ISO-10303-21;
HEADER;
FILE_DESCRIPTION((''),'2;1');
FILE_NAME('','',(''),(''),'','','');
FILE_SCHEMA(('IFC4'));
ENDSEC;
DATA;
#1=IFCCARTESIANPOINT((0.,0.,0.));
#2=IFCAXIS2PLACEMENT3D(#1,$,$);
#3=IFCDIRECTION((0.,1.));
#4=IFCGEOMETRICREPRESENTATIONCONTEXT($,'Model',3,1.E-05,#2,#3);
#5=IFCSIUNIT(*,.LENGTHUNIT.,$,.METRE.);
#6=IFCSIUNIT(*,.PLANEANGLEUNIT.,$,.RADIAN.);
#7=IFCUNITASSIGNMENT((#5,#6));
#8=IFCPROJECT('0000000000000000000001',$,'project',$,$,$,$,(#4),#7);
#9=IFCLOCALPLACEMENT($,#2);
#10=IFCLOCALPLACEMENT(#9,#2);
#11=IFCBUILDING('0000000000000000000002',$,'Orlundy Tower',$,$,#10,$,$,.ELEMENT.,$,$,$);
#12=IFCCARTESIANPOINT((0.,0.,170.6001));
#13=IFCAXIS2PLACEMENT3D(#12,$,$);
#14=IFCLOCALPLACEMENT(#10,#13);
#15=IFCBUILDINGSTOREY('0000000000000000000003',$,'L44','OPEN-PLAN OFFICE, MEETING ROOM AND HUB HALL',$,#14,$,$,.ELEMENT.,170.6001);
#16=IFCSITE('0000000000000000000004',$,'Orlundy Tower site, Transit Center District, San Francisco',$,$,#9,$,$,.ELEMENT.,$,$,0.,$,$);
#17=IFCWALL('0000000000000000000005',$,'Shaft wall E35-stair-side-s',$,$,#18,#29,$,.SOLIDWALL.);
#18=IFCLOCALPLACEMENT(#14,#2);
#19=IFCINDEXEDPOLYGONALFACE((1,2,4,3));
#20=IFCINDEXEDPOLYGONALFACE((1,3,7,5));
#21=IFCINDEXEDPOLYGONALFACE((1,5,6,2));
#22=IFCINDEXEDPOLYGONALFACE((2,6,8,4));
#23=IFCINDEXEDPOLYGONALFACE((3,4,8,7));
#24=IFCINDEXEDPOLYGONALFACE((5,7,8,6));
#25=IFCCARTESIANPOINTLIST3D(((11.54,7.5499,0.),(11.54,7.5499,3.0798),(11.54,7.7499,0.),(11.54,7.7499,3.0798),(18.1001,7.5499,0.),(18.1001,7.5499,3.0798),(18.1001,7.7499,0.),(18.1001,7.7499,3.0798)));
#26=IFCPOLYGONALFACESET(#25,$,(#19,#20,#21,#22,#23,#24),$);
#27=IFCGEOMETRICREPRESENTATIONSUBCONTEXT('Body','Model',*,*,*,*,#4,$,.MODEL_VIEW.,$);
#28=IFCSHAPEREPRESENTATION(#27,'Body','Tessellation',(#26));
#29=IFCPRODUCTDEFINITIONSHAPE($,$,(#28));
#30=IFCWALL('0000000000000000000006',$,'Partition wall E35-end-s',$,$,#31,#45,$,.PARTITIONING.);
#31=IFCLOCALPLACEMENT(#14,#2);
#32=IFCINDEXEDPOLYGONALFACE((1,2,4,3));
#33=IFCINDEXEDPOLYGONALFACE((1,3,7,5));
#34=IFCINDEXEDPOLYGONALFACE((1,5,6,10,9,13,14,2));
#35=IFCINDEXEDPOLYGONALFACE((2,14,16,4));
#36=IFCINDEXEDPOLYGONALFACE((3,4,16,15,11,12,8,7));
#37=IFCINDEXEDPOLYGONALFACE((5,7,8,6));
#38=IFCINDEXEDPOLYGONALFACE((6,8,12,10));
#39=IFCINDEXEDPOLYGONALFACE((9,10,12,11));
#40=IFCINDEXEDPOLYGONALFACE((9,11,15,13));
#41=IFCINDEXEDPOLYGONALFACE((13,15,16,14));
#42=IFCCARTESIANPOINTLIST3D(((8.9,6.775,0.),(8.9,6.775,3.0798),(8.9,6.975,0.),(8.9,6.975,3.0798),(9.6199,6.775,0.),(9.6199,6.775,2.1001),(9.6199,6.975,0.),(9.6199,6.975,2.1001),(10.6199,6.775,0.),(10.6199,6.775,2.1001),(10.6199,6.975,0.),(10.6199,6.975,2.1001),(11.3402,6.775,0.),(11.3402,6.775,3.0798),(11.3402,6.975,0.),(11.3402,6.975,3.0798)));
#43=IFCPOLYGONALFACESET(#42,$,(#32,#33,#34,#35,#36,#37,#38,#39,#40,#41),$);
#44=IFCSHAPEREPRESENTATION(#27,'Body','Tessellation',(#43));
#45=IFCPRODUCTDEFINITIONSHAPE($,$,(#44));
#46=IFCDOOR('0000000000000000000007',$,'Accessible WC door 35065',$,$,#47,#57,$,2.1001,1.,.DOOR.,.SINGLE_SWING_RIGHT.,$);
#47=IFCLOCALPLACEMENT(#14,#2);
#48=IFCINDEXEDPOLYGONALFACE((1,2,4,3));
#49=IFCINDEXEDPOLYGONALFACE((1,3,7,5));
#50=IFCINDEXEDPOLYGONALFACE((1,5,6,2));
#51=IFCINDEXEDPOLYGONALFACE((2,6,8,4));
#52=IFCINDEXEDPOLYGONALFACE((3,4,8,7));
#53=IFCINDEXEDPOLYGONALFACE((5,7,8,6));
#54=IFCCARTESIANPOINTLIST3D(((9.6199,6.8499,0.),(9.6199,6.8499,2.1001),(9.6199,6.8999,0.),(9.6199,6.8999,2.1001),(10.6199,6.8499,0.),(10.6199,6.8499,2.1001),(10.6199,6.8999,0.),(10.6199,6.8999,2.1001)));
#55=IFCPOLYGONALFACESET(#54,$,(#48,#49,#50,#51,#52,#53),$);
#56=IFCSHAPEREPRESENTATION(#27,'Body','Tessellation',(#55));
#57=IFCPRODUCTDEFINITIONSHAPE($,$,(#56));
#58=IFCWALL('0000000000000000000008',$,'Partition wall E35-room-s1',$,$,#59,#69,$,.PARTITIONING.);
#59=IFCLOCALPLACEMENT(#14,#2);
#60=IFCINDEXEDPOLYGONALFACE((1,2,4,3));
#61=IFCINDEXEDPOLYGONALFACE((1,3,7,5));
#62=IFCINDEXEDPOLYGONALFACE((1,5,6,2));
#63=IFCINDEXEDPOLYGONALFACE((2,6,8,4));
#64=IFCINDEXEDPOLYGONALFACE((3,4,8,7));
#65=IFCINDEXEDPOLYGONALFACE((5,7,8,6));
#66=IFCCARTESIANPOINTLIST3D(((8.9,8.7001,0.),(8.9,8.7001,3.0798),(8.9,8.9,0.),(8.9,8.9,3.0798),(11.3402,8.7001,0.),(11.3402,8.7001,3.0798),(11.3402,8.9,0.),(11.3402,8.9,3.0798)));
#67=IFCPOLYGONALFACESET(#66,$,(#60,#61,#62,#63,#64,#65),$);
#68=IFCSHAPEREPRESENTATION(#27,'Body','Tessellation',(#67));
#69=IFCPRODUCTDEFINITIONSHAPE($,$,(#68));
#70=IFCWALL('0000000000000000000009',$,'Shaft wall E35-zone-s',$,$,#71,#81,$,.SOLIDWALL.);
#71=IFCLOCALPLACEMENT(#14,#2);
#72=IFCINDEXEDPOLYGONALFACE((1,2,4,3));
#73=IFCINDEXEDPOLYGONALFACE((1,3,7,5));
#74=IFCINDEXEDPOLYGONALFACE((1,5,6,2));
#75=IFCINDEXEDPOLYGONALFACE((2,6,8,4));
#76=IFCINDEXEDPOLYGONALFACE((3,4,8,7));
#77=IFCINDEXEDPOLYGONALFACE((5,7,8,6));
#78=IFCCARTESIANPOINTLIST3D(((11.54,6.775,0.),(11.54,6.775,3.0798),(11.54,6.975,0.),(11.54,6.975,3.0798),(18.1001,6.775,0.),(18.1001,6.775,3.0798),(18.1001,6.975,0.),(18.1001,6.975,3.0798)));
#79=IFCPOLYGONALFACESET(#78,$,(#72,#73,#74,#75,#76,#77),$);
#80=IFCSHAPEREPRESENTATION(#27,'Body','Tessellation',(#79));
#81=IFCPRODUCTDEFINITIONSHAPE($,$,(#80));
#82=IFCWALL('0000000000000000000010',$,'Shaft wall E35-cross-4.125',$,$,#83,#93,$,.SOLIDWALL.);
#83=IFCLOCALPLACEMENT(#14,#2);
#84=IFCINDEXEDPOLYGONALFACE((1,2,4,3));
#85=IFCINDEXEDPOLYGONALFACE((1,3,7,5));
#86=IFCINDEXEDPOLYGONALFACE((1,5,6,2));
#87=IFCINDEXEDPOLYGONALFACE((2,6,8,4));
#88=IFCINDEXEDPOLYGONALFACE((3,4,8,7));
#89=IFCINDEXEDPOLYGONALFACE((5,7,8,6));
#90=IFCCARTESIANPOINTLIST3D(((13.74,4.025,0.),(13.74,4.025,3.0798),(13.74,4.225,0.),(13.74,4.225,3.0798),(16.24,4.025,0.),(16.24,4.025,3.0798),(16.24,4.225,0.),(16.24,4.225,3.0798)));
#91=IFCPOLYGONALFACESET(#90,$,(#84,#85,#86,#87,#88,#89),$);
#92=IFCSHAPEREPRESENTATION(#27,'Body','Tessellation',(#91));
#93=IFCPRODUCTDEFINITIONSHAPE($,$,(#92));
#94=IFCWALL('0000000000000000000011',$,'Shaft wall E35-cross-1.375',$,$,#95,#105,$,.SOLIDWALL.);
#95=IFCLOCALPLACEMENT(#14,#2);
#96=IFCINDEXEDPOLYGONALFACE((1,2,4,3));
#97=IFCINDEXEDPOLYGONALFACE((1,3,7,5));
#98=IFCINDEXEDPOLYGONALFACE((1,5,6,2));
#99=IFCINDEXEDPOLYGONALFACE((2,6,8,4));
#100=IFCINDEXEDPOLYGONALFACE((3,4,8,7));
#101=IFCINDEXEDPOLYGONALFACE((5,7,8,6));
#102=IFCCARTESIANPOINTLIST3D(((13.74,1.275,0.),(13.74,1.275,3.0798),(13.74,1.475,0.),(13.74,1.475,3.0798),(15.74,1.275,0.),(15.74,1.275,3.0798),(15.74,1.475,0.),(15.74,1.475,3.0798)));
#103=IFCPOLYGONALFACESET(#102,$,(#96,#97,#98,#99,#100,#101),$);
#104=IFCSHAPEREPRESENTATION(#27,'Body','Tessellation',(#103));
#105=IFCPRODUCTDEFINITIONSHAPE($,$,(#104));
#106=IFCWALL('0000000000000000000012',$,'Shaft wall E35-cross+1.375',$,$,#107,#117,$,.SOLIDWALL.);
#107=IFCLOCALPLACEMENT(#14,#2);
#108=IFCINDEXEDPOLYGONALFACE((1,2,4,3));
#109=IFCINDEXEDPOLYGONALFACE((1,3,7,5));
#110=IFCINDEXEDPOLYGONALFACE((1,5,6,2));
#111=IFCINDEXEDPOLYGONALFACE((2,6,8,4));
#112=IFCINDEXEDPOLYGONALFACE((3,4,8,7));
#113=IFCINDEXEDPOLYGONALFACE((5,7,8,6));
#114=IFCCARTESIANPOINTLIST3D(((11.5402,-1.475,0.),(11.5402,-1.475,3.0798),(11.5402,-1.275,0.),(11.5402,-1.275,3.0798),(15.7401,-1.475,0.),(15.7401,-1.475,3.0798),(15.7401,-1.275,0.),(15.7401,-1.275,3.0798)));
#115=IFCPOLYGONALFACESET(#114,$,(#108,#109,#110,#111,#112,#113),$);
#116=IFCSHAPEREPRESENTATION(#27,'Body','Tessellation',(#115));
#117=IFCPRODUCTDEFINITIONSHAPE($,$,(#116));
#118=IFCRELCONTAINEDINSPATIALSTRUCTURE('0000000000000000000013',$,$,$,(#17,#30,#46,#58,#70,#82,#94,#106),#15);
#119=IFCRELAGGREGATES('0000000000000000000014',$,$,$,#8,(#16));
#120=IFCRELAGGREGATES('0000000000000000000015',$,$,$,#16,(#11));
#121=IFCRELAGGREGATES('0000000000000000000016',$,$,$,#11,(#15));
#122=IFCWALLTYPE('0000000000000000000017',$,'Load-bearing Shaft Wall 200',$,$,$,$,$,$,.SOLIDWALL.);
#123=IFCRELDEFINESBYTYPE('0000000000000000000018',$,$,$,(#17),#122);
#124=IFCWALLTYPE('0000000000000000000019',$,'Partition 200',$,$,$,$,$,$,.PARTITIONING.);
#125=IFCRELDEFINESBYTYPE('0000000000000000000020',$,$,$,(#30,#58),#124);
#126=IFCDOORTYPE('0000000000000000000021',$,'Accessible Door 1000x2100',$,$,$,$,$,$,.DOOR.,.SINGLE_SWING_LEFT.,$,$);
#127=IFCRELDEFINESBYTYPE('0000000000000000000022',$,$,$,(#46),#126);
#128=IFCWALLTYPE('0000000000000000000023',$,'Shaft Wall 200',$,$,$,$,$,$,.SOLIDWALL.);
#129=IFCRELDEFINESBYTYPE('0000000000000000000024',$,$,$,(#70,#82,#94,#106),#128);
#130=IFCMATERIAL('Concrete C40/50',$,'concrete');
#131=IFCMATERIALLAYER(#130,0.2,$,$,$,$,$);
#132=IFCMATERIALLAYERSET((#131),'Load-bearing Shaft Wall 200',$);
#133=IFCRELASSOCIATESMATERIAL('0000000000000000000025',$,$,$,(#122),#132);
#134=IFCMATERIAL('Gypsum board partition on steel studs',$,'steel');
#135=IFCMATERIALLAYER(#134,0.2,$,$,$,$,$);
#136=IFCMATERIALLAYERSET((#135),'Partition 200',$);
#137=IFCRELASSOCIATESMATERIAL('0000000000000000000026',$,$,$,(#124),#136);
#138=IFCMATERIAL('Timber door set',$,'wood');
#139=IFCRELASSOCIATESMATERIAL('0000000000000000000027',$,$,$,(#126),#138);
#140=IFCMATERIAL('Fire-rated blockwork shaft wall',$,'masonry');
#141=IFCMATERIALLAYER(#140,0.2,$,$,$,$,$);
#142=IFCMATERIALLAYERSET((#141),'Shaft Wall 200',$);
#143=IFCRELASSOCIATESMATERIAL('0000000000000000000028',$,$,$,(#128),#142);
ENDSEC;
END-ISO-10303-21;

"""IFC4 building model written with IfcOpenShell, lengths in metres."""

from ifc_helpers import new_model, si_unit, direction, frame, frame_2d, origin, place, context, subcontext, project, spatial, rectangle, extrude, material, layer, layer_set, type_object, element, fill, save


model = new_model("IFC4")

# Units and contexts
model_context = context("Model", 3, precision=1e-05, world=origin(), true_north=direction((0.0, 1.0)))
body_context = subcontext(model_context, "Body", "Model", "MODEL_VIEW")
ifc_project = project(units=[si_unit("LENGTHUNIT", "METRE"), si_unit("PLANEANGLEUNIT", "RADIAN")], contexts=[model_context])

# Site, building, storey
site_placement = place(None, origin())
site = spatial("IfcSite", under=ifc_project, at=site_placement, Name="Orlundy Tower site, Transit Center District, San Francisco", CompositionType="ELEMENT", RefElevation=0.0)
building_placement = place(site_placement, origin())
building = spatial("IfcBuilding", under=site, at=building_placement, Name="Orlundy Tower", CompositionType="ELEMENT")
storey_placement = place(building_placement, frame((0.0, 0.0, 170.6001)))
storey = spatial("IfcBuildingStorey", under=building, at=storey_placement, Name="L44", Description="OPEN-PLAN OFFICE, MEETING ROOM AND HUB HALL", CompositionType="ELEMENT", Elevation=170.6001)

# Wall
ifc_material_1 = material(Name="Concrete C40/50", Category="concrete")
ifc_layer_1 = layer(ifc_material_1, 0.2)
ifc_layer_set_1 = layer_set([ifc_layer_1], Name="Load-bearing Shaft Wall 200")
wall_type_1 = type_object("IfcWallType", Name="Load-bearing Shaft Wall 200", PredefinedType="SOLIDWALL", material=ifc_layer_set_1)
wall_1_placement = place(storey_placement, frame((11.54, 7.6499, 0.0), z_axis=(0.0, 0.0, 1.0), x_axis=(1.0, 0.0, 0.0)))
element("IfcWall", 1, at=wall_1_placement, inside=storey, type_object=wall_type_1, Name="Shaft wall E35-stair-side-s", PredefinedType="SOLIDWALL", context=body_context, shape_type="SweptSolid", body=[
    extrude(rectangle(XDim=6.5601, YDim=0.2, at=frame_2d((3.28, 0.0))), origin(), (0.0, 0.0, 1.0), 3.0798),
])

# Wall, opening, door
ifc_material_2 = material(Name="Gypsum board partition on steel studs", Category="steel")
ifc_layer_2 = layer(ifc_material_2, 0.2)
ifc_layer_set_2 = layer_set([ifc_layer_2], Name="Partition 200")
wall_type_2 = type_object("IfcWallType", Name="Partition 200", PredefinedType="PARTITIONING", material=ifc_layer_set_2)
wall_2_placement = place(storey_placement, frame((8.8999, 6.875, 0.0), z_axis=(0.0, 0.0, 1.0), x_axis=(1.0, 0.0, 0.0)))
wall_2 = element("IfcWall", 2, at=wall_2_placement, inside=storey, type_object=wall_type_2, Name="Partition wall E35-end-s", PredefinedType="PARTITIONING", context=body_context, shape_type="SweptSolid", body=[
    extrude(rectangle(XDim=2.4402, YDim=0.2, at=frame_2d((1.2202, 0.0))), origin(), (0.0, 0.0, 1.0), 3.0798),
])
opening_1_placement = place(wall_2_placement, frame((0.72, 0.0, 0.0)))
opening_1 = element("IfcOpeningElement", 3, at=opening_1_placement, cuts=wall_2, PredefinedType="OPENING", context=body_context, shape_type="SweptSolid", body=[
    extrude(rectangle(XDim=1.0, YDim=2.1001, at=frame_2d((0.5, 1.05))), frame((0.0, 0.1101, 0.0), z_axis=(0.0, -1.0, 0.0), x_axis=(1.0, 0.0, 0.0)), (0.0, 0.0, 1.0), 0.2202),
])
ifc_material_3 = material(Name="Timber door set", Category="wood")
door_type_1 = type_object("IfcDoorType", Name="Accessible Door 1000x2100", OperationType="SINGLE_SWING_LEFT", PredefinedType="DOOR", material=ifc_material_3)
door_1_placement = place(opening_1_placement, origin())
door_1 = element("IfcDoor", 4, at=door_1_placement, inside=storey, type_object=door_type_1, Name="Accessible WC door 35065", OperationType="SINGLE_SWING_RIGHT", OverallHeight=2.1001, OverallWidth=1.0, PredefinedType="DOOR", context=body_context, shape_type="SweptSolid", body=[
    extrude(rectangle(XDim=1.0, YDim=2.1001, at=frame_2d((0.5, 1.05))), frame((0.0, 0.0249, 0.0), z_axis=(0.0, -1.0, 0.0), x_axis=(1.0, 0.0, 0.0)), (0.0, 0.0, 1.0), 0.05),
])
fill(opening_1, door_1)

# Walls
wall_3_placement = place(storey_placement, frame((8.8999, 8.8, 0.0), z_axis=(0.0, 0.0, 1.0), x_axis=(1.0, 0.0, 0.0)))
element("IfcWall", 5, at=wall_3_placement, inside=storey, type_object=wall_type_2, Name="Partition wall E35-room-s1", PredefinedType="PARTITIONING", context=body_context, shape_type="SweptSolid", body=[
    extrude(rectangle(XDim=2.4402, YDim=0.2, at=frame_2d((1.2202, 0.0))), origin(), (0.0, 0.0, 1.0), 3.0798),
])
ifc_material_4 = material(Name="Fire-rated blockwork shaft wall", Category="masonry")
ifc_layer_3 = layer(ifc_material_4, 0.2)
ifc_layer_set_3 = layer_set([ifc_layer_3], Name="Shaft Wall 200")
wall_type_3 = type_object("IfcWallType", Name="Shaft Wall 200", PredefinedType="SOLIDWALL", material=ifc_layer_set_3)
wall_4_placement = place(storey_placement, frame((11.54, 6.875, 0.0), z_axis=(0.0, 0.0, 1.0), x_axis=(1.0, 0.0, 0.0)))
element("IfcWall", 6, at=wall_4_placement, inside=storey, type_object=wall_type_3, Name="Shaft wall E35-zone-s", PredefinedType="SOLIDWALL", context=body_context, shape_type="SweptSolid", body=[
    extrude(rectangle(XDim=6.5601, YDim=0.2, at=frame_2d((3.28, 0.0))), origin(), (0.0, 0.0, 1.0), 3.0798),
])
wall_5_placement = place(storey_placement, frame((13.74, 4.125, 0.0), z_axis=(0.0, 0.0, 1.0), x_axis=(1.0, 0.0, 0.0)))
element("IfcWall", 7, at=wall_5_placement, inside=storey, type_object=wall_type_3, Name="Shaft wall E35-cross-4.125", PredefinedType="SOLIDWALL", context=body_context, shape_type="SweptSolid", body=[
    extrude(rectangle(XDim=2.5, YDim=0.2, at=frame_2d((1.25, 0.0))), origin(), (0.0, 0.0, 1.0), 3.0798),
])
wall_6_placement = place(storey_placement, frame((13.74, 1.375, 0.0), z_axis=(0.0, 0.0, 1.0), x_axis=(1.0, 0.0, 0.0)))
element("IfcWall", 8, at=wall_6_placement, inside=storey, type_object=wall_type_3, Name="Shaft wall E35-cross-1.375", PredefinedType="SOLIDWALL", context=body_context, shape_type="SweptSolid", body=[
    extrude(rectangle(XDim=2.0, YDim=0.2, at=frame_2d((1.0, 0.0))), origin(), (0.0, 0.0, 1.0), 3.0798),
])
wall_7_placement = place(storey_placement, frame((11.54, -1.375, 0.0), z_axis=(0.0, 0.0, 1.0), x_axis=(1.0, 0.0, 0.0)))
element("IfcWall", 9, at=wall_7_placement, inside=storey, type_object=wall_type_3, Name="Shaft wall E35-cross+1.375", PredefinedType="SOLIDWALL", context=body_context, shape_type="SweptSolid", body=[
    extrude(rectangle(XDim=4.2, YDim=0.2, at=frame_2d((2.1001, 0.0))), origin(), (0.0, 0.0, 1.0), 3.0798),
])

save(model, "model.ifc")
